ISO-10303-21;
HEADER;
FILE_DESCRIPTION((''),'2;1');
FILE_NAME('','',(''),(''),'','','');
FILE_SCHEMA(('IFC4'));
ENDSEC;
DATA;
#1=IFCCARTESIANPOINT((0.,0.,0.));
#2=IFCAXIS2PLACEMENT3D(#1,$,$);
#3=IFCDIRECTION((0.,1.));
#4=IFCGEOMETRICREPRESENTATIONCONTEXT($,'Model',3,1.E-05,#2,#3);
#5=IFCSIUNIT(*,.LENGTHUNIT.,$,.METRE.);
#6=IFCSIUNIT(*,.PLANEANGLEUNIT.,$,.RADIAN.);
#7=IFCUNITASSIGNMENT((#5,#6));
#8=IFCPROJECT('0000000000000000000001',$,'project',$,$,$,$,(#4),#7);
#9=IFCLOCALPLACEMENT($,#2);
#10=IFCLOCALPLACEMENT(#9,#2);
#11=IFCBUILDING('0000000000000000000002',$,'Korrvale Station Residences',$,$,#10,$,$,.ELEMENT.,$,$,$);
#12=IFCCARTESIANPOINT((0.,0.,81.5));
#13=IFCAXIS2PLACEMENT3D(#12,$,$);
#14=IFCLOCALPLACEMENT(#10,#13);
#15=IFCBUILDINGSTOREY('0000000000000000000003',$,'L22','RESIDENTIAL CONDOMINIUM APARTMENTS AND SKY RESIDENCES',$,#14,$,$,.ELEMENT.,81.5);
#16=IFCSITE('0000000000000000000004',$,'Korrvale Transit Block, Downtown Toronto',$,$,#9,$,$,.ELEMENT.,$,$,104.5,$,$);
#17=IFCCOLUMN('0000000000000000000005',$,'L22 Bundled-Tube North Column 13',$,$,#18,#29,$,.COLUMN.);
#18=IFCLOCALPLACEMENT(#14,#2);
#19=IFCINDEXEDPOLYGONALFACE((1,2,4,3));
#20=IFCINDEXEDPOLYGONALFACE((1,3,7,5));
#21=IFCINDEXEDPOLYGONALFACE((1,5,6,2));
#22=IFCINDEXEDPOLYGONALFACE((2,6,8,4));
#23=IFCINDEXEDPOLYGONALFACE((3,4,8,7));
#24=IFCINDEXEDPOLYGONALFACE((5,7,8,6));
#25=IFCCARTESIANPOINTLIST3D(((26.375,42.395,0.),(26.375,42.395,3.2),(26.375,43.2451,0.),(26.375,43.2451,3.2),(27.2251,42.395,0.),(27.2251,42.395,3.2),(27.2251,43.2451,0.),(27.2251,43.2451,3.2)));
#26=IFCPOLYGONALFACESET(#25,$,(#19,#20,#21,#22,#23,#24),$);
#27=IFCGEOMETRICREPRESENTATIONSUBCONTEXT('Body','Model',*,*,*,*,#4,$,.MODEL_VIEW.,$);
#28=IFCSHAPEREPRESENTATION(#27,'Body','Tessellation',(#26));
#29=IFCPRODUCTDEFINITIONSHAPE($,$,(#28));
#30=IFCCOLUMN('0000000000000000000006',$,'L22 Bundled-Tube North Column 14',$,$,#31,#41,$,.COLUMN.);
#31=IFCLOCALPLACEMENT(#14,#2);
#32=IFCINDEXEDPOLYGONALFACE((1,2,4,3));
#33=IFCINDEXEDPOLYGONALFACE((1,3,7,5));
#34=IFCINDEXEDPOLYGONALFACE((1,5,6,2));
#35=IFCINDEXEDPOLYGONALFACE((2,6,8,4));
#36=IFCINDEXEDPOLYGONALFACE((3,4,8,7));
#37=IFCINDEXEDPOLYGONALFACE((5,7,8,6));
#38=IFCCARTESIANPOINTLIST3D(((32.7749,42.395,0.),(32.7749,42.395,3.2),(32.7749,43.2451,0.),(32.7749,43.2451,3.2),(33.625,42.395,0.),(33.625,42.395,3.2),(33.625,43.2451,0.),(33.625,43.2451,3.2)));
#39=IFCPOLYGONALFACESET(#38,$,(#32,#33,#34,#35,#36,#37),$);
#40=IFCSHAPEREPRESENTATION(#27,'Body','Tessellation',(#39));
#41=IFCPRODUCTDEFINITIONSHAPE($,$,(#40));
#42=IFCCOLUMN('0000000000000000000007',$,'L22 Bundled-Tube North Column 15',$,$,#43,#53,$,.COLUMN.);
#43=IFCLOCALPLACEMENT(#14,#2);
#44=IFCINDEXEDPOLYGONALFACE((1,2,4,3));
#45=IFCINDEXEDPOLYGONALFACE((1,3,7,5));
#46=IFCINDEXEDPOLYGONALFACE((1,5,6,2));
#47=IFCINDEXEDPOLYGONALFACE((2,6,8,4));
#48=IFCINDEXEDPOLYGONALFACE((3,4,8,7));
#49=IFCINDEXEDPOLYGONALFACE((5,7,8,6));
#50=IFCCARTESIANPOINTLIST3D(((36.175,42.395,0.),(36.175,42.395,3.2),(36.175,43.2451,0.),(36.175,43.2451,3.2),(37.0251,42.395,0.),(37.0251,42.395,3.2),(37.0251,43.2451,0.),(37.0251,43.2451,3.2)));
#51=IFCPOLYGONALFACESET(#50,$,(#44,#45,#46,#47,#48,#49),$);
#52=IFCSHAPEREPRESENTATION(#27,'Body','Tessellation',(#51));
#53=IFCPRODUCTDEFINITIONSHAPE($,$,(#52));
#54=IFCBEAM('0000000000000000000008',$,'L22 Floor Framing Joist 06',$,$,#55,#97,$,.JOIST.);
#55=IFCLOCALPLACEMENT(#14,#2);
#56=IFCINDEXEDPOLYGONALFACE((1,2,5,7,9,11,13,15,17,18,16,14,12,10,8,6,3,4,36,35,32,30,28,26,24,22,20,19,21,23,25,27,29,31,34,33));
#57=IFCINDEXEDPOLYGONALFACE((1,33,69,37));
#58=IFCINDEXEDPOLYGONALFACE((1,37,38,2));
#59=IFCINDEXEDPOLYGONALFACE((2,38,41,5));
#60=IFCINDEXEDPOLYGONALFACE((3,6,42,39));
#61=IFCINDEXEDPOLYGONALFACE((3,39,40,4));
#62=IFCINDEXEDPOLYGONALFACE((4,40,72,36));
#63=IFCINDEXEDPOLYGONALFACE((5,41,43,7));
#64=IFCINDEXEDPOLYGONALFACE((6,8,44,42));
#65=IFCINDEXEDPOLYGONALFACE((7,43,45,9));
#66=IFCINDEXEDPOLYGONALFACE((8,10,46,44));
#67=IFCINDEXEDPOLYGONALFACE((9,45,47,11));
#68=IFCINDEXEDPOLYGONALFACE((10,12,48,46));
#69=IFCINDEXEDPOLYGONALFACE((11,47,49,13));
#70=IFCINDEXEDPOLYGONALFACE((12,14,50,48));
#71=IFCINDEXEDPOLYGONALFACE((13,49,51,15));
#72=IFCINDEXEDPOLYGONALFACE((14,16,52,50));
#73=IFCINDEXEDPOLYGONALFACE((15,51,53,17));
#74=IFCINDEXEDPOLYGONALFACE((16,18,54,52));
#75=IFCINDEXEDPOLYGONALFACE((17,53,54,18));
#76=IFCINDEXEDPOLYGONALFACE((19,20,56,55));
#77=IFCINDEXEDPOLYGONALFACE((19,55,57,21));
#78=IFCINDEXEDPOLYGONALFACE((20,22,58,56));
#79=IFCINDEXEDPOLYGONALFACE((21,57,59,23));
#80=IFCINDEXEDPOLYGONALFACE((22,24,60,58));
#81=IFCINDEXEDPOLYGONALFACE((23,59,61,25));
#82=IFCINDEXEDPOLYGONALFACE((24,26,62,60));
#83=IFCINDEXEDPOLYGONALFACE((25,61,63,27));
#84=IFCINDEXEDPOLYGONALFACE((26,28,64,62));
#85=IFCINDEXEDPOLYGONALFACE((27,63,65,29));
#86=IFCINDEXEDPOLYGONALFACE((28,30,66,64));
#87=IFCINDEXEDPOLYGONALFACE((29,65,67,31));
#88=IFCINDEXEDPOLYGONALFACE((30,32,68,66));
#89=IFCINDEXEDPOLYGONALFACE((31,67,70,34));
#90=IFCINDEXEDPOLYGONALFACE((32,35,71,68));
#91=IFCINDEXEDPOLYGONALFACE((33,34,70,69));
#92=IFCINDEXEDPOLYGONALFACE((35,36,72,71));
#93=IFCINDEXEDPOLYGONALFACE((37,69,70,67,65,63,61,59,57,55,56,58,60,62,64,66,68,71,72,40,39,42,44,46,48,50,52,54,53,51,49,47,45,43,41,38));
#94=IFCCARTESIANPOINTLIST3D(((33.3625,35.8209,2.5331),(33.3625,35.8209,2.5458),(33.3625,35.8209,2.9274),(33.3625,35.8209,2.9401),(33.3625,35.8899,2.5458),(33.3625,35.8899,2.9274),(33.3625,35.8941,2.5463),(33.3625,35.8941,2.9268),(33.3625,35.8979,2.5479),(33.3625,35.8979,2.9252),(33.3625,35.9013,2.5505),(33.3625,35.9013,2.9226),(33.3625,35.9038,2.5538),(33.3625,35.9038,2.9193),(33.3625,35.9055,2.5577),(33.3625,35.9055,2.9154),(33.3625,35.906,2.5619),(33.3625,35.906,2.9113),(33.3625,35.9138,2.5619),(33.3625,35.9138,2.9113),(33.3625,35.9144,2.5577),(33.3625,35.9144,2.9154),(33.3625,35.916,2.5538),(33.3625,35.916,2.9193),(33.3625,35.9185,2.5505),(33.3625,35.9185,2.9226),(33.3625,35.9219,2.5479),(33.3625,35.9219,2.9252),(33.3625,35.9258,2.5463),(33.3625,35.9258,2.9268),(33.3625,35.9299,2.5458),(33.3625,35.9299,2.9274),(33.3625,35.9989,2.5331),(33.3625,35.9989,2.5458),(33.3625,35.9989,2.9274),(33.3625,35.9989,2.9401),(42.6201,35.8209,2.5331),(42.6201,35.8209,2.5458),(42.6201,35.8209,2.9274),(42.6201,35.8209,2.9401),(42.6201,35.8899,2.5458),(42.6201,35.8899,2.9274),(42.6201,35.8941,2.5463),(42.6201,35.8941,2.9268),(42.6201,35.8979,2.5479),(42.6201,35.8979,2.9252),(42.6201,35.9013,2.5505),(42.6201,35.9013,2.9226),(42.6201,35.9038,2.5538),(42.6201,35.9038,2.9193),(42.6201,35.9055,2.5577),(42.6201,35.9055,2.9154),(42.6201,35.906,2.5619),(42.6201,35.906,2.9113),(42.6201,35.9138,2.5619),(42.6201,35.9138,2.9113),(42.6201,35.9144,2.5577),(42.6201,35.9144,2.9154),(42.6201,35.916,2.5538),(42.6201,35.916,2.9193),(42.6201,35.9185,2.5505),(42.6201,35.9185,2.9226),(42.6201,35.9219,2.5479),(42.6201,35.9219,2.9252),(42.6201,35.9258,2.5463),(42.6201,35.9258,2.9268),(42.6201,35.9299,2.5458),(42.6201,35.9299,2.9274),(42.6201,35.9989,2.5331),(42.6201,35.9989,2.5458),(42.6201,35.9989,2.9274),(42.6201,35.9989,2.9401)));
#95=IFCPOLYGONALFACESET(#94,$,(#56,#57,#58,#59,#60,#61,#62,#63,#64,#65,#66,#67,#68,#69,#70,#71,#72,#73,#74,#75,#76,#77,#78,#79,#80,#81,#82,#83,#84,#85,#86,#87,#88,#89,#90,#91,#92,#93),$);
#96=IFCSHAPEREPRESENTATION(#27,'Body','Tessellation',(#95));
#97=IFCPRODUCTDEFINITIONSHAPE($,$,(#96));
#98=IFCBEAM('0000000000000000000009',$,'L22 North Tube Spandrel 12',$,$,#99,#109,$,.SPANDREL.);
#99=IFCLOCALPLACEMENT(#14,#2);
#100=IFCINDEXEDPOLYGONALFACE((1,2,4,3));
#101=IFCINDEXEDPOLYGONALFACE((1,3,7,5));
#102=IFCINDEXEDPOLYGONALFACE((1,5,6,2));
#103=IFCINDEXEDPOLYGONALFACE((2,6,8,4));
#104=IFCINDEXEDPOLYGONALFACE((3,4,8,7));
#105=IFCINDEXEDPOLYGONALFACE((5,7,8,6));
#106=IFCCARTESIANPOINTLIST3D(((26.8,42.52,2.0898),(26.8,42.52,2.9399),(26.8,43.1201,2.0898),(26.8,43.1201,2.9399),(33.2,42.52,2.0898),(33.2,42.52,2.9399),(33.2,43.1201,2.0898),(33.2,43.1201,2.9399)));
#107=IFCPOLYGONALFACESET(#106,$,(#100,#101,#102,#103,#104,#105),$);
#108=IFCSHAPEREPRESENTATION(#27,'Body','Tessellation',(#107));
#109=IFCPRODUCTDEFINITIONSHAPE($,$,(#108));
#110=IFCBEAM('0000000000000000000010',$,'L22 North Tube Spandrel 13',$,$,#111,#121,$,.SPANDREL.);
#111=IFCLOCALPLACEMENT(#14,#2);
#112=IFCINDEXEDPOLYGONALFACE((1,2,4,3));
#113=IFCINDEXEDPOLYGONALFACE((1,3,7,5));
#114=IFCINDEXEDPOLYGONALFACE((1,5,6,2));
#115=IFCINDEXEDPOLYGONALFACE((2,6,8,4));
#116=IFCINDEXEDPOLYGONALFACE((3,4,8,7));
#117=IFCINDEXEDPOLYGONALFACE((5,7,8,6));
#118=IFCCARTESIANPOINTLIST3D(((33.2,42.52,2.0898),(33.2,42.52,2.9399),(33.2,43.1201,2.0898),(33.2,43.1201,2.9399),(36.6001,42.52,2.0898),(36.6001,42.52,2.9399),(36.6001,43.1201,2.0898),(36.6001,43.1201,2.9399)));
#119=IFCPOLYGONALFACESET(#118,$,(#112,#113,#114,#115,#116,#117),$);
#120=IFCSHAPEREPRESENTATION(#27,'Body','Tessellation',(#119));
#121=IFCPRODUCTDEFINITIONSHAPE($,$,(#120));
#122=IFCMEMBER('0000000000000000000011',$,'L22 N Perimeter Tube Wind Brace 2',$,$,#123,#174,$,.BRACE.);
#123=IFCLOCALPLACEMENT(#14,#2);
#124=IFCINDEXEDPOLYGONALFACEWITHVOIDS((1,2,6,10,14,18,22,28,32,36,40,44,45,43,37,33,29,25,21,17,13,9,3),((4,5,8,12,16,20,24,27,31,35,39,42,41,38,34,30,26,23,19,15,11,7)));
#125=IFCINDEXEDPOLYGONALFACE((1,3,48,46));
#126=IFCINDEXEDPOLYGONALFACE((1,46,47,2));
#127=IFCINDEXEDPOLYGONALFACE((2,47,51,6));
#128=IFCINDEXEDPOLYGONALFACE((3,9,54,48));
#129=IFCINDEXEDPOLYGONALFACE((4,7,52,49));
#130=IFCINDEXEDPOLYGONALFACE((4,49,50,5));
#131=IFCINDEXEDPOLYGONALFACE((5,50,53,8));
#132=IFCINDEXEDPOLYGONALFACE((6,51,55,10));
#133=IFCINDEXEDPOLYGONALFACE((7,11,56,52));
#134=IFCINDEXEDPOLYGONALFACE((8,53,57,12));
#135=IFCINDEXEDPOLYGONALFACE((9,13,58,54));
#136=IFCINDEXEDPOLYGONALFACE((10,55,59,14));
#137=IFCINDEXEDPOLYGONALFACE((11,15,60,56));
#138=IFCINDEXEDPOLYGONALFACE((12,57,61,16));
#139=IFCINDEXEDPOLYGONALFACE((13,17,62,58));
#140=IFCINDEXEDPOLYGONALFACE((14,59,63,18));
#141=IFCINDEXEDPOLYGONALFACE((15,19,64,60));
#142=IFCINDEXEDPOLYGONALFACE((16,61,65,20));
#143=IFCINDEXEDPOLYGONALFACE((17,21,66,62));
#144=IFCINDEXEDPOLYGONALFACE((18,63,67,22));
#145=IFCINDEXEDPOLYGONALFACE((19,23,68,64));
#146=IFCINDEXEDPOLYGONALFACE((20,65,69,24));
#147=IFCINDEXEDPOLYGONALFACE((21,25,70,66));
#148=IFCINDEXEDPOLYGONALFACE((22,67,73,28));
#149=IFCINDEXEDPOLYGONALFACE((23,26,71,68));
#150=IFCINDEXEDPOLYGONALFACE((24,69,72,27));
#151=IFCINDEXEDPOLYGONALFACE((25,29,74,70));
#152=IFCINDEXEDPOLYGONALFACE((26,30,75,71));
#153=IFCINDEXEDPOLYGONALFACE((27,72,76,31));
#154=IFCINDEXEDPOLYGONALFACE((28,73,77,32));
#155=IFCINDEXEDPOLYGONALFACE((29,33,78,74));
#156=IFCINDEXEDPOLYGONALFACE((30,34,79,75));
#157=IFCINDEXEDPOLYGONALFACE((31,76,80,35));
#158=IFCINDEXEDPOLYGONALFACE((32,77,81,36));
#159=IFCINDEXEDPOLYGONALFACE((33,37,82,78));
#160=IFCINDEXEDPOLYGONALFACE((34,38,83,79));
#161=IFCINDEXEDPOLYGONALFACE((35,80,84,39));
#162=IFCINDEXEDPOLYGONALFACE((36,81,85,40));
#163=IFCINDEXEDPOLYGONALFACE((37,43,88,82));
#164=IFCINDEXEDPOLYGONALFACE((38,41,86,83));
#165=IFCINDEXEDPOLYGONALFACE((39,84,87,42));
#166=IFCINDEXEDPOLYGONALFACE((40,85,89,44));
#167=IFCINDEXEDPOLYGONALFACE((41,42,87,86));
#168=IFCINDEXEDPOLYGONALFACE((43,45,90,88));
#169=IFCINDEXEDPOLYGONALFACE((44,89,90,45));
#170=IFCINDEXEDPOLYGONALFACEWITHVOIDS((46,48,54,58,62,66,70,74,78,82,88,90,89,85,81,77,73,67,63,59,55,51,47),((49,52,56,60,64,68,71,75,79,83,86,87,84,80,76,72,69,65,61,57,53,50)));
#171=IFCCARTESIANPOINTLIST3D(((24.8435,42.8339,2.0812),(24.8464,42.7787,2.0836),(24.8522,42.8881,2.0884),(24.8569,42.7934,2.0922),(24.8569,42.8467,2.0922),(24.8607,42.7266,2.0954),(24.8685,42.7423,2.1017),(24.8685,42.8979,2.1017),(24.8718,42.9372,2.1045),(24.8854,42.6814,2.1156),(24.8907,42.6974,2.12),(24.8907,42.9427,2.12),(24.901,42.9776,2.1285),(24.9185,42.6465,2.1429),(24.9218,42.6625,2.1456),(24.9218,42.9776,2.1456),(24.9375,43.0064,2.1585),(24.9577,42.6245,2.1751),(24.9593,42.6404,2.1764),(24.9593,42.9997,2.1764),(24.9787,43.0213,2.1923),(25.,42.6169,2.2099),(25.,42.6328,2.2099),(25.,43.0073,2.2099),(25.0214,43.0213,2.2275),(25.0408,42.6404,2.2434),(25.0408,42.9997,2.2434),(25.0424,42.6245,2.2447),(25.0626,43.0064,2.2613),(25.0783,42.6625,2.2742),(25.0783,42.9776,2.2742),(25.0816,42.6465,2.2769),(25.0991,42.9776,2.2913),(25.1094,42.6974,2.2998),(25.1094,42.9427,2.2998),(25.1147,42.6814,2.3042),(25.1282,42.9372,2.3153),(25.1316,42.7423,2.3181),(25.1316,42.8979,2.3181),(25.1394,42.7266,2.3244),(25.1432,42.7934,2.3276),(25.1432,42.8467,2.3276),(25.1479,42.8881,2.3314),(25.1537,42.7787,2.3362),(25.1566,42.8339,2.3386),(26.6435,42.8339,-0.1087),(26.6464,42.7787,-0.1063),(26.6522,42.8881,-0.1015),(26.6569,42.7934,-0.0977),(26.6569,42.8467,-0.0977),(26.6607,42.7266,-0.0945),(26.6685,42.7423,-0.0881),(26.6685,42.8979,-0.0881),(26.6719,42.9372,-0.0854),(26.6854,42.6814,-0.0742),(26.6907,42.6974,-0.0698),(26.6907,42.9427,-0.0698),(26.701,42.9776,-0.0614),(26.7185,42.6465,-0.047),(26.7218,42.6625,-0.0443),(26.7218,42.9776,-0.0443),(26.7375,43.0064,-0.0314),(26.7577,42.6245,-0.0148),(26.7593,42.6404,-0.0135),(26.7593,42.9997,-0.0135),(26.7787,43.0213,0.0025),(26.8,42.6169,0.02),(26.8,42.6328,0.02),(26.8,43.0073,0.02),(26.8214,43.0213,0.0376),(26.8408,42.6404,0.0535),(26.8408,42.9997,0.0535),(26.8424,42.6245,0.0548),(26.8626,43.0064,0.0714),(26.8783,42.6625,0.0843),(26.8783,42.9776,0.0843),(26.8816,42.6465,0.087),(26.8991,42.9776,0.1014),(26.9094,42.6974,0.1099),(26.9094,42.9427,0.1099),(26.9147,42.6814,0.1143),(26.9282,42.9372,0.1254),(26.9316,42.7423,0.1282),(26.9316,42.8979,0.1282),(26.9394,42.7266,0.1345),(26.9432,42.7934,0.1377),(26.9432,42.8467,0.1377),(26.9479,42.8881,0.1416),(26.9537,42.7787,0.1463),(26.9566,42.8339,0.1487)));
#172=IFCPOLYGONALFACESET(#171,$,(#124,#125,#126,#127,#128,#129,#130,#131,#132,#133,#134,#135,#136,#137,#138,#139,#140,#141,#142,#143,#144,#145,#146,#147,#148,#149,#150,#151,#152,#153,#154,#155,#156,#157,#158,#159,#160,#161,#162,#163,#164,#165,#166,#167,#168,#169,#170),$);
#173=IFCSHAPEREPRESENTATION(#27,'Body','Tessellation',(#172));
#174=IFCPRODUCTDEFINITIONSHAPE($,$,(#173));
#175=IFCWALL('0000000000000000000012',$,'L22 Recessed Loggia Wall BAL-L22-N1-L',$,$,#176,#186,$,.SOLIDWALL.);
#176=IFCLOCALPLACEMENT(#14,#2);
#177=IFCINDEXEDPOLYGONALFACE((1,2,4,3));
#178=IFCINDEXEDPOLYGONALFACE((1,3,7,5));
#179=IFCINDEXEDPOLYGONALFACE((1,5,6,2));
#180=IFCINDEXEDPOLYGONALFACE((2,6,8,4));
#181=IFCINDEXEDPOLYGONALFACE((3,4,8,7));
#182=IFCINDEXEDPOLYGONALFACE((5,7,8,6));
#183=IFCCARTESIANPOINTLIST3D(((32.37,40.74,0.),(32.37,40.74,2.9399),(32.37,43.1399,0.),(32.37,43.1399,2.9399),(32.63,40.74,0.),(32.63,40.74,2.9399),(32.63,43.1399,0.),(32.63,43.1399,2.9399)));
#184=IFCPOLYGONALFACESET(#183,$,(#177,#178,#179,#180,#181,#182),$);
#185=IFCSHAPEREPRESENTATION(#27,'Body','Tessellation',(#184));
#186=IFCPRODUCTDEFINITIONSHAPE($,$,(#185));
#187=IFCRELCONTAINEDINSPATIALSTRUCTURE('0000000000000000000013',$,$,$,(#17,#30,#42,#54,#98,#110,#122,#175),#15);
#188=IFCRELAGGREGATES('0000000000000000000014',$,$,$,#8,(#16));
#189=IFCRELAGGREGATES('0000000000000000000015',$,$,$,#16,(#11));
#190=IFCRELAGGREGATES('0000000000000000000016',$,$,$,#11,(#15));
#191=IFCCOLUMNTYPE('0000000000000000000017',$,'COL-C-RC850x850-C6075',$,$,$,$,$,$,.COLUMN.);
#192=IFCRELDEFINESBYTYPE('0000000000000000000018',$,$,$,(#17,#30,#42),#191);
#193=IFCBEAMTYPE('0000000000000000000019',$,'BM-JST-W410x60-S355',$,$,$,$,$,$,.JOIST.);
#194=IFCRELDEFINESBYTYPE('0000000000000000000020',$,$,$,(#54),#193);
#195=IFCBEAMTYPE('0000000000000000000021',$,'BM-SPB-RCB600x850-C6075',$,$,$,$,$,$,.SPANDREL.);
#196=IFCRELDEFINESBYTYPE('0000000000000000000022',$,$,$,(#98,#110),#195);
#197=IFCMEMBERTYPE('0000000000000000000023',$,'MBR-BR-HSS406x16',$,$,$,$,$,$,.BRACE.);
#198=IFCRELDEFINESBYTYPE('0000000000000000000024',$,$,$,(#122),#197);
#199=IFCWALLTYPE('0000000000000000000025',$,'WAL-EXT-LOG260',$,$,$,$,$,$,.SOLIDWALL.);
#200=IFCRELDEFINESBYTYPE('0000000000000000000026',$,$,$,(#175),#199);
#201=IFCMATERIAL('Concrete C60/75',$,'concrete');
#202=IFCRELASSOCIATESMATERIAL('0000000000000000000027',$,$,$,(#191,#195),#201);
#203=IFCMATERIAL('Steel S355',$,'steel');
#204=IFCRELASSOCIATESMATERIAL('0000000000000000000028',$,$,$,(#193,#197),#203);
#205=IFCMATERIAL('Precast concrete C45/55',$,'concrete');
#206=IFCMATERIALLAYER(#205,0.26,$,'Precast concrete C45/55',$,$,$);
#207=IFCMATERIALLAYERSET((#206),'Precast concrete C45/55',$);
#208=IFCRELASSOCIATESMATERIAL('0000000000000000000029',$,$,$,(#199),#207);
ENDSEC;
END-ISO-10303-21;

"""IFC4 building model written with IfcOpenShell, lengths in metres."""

from ifc_helpers import new_model, si_unit, direction, frame, frame_2d, origin, origin_2d, place, context, subcontext, project, spatial, rectangle, hollow_circle, i_section, extrude, material, layer, layer_set, material_profile, profile_set, type_object, element, save


model = new_model("IFC4")

# Units and contexts
model_context = context("Model", 3, precision=1e-05, world=origin(), true_north=direction((0.0, 1.0)))
body_context = subcontext(model_context, "Body", "Model", "MODEL_VIEW")
ifc_project = project(units=[si_unit("LENGTHUNIT", "METRE"), si_unit("PLANEANGLEUNIT", "RADIAN")], contexts=[model_context])

# Site, building, storey
site_placement = place(None, origin())
site = spatial("IfcSite", under=ifc_project, at=site_placement, Name="Korrvale Transit Block, Downtown Toronto", CompositionType="ELEMENT", RefElevation=104.5)
building_placement = place(site_placement, origin())
building = spatial("IfcBuilding", under=site, at=building_placement, Name="Korrvale Station Residences", CompositionType="ELEMENT")
storey_placement = place(building_placement, frame((0.0, 0.0, 81.5)))
storey = spatial("IfcBuildingStorey", under=building, at=storey_placement, Name="L22", Description="RESIDENTIAL CONDOMINIUM APARTMENTS AND SKY RESIDENCES", CompositionType="ELEMENT", Elevation=81.5)

# Columns
ifc_material_1 = material(Name="Concrete C60/75", Category="concrete")
ifc_material_profile_1 = material_profile(ifc_material_1, rectangle(XDim=0.8501, YDim=0.8501, at=origin_2d()), Name="RC850x850")
ifc_profile_set_1 = profile_set([ifc_material_profile_1], Name="Concrete C60/75")
column_type = type_object("IfcColumnType", Name="COL-C-RC850x850-C6075", PredefinedType="COLUMN", material=ifc_profile_set_1)
for number, where, z_axis, x_axis, name in (
    (1, (26.8, 42.8201, 0.0), (0.0, 0.0, 1.0), (1.0, 0.0, 0.0), "L22 Bundled-Tube North Column 13"),
    (2, (33.2, 42.8201, 0.0), (0.0, 0.0, 1.0), (1.0, 0.0, 0.0), "L22 Bundled-Tube North Column 14"),
    (3, (36.6001, 42.8201, 0.0), (0.0, 0.0, 1.0), (1.0, 0.0, 0.0), "L22 Bundled-Tube North Column 15"),
):
    element("IfcColumn", number, at=place(storey_placement, frame(where, z_axis=z_axis, x_axis=x_axis)), inside=storey, type_object=column_type, Name=name, PredefinedType="COLUMN", context=body_context, shape_type="SweptSolid", body=[
        extrude(rectangle(XDim=0.8501, YDim=0.8501, at=origin_2d()), origin(), (0.0, 0.0, 1.0), 3.2),
    ])

# Beams
ifc_material_2 = material(Name="Steel S355", Category="steel")
ifc_material_profile_2 = material_profile(ifc_material_2, i_section(OverallWidth=0.178, OverallDepth=0.407, WebThickness=0.0078, FlangeThickness=0.0127, FilletRadius=0.0161, at=origin_2d()), Name="W410x60")
ifc_profile_set_2 = profile_set([ifc_material_profile_2], Name="Steel S355")
beam_type_1 = type_object("IfcBeamType", Name="BM-JST-W410x60-S355", PredefinedType="JOIST", material=ifc_profile_set_2)
beam_1_placement = place(storey_placement, frame((33.3625, 35.9099, 2.7366), z_axis=(1.0, 0.0, 0.0), x_axis=(0.0, 1.0, 0.0)))
element("IfcBeam", 4, at=beam_1_placement, inside=storey, type_object=beam_type_1, Name="L22 Floor Framing Joist 06", PredefinedType="JOIST", context=body_context, shape_type="SweptSolid", body=[
    extrude(i_section(OverallWidth=0.178, OverallDepth=0.407, WebThickness=0.0078, FlangeThickness=0.0127, FilletRadius=0.0161, at=origin_2d()), origin(), (0.0, 0.0, 1.0), 9.2576),
])
ifc_material_profile_3 = material_profile(ifc_material_1, rectangle(XDim=0.6001, YDim=0.8501, at=origin_2d()), Name="RCB600x850")
ifc_profile_set_3 = profile_set([ifc_material_profile_3], Name="Concrete C60/75")
beam_type_2 = type_object("IfcBeamType", Name="BM-SPB-RCB600x850-C6075", PredefinedType="SPANDREL", material=ifc_profile_set_3)
beam_2_placement = place(storey_placement, frame((26.8, 42.8201, 2.5149), z_axis=(1.0, 0.0, 0.0), x_axis=(0.0, 1.0, 0.0)))
element("IfcBeam", 5, at=beam_2_placement, inside=storey, type_object=beam_type_2, Name="L22 North Tube Spandrel 12", PredefinedType="SPANDREL", context=body_context, shape_type="SweptSolid", body=[
    extrude(rectangle(XDim=0.6001, YDim=0.8501, at=origin_2d()), origin(), (0.0, 0.0, 1.0), 6.3999),
])
beam_3_placement = place(storey_placement, frame((33.2, 42.8201, 2.5149), z_axis=(1.0, 0.0, 0.0), x_axis=(0.0, 1.0, 0.0)))
element("IfcBeam", 6, at=beam_3_placement, inside=storey, type_object=beam_type_2, Name="L22 North Tube Spandrel 13", PredefinedType="SPANDREL", context=body_context, shape_type="SweptSolid", body=[
    extrude(rectangle(XDim=0.6001, YDim=0.8501, at=origin_2d()), origin(), (0.0, 0.0, 1.0), 3.4001),
])

# Member
ifc_material_profile_4 = material_profile(ifc_material_2, hollow_circle(Radius=0.2031, WallThickness=0.0159, at=origin_2d()), Name="HSS406x16")
ifc_profile_set_4 = profile_set([ifc_material_profile_4], Name="Steel S355")
member_type = type_object("IfcMemberType", Name="MBR-BR-HSS406x16", PredefinedType="BRACE", material=ifc_profile_set_4)
member_placement = place(storey_placement, frame((26.8, 42.8201, 0.02), z_axis=(-0.634985, 0.0, 0.772524), x_axis=(0.0, -1.0, 0.0)))
element("IfcMember", 7, at=member_placement, inside=storey, type_object=member_type, Name="L22 N Perimeter Tube Wind Brace 2", PredefinedType="BRACE", context=body_context, shape_type="SweptSolid", body=[
    extrude(hollow_circle(Radius=0.2031, WallThickness=0.0159, at=origin_2d()), origin(), (0.0, 0.0, 1.0), 2.8347),
])

# Wall
ifc_material_3 = material(Name="Precast concrete C45/55", Category="concrete")
ifc_layer_1 = layer(ifc_material_3, 0.26, Name="Precast concrete C45/55")
ifc_layer_set_1 = layer_set([ifc_layer_1], Name="Precast concrete C45/55")
wall_type_1 = type_object("IfcWallType", Name="WAL-EXT-LOG260", PredefinedType="SOLIDWALL", material=ifc_layer_set_1)
wall_1_placement = place(storey_placement, frame((32.5, 43.1399, 0.0), z_axis=(0.0, 0.0, 1.0), x_axis=(0.0, -1.0, 0.0)))
element("IfcWall", 8, at=wall_1_placement, inside=storey, type_object=wall_type_1, Name="L22 Recessed Loggia Wall BAL-L22-N1-L", PredefinedType="SOLIDWALL", context=body_context, shape_type="SweptSolid", body=[
    extrude(rectangle(XDim=2.3999, YDim=0.26, at=frame_2d((1.2, 0.0))), origin(), (0.0, 0.0, 1.0), 2.9399),
])

save(model, "model.ifc")
